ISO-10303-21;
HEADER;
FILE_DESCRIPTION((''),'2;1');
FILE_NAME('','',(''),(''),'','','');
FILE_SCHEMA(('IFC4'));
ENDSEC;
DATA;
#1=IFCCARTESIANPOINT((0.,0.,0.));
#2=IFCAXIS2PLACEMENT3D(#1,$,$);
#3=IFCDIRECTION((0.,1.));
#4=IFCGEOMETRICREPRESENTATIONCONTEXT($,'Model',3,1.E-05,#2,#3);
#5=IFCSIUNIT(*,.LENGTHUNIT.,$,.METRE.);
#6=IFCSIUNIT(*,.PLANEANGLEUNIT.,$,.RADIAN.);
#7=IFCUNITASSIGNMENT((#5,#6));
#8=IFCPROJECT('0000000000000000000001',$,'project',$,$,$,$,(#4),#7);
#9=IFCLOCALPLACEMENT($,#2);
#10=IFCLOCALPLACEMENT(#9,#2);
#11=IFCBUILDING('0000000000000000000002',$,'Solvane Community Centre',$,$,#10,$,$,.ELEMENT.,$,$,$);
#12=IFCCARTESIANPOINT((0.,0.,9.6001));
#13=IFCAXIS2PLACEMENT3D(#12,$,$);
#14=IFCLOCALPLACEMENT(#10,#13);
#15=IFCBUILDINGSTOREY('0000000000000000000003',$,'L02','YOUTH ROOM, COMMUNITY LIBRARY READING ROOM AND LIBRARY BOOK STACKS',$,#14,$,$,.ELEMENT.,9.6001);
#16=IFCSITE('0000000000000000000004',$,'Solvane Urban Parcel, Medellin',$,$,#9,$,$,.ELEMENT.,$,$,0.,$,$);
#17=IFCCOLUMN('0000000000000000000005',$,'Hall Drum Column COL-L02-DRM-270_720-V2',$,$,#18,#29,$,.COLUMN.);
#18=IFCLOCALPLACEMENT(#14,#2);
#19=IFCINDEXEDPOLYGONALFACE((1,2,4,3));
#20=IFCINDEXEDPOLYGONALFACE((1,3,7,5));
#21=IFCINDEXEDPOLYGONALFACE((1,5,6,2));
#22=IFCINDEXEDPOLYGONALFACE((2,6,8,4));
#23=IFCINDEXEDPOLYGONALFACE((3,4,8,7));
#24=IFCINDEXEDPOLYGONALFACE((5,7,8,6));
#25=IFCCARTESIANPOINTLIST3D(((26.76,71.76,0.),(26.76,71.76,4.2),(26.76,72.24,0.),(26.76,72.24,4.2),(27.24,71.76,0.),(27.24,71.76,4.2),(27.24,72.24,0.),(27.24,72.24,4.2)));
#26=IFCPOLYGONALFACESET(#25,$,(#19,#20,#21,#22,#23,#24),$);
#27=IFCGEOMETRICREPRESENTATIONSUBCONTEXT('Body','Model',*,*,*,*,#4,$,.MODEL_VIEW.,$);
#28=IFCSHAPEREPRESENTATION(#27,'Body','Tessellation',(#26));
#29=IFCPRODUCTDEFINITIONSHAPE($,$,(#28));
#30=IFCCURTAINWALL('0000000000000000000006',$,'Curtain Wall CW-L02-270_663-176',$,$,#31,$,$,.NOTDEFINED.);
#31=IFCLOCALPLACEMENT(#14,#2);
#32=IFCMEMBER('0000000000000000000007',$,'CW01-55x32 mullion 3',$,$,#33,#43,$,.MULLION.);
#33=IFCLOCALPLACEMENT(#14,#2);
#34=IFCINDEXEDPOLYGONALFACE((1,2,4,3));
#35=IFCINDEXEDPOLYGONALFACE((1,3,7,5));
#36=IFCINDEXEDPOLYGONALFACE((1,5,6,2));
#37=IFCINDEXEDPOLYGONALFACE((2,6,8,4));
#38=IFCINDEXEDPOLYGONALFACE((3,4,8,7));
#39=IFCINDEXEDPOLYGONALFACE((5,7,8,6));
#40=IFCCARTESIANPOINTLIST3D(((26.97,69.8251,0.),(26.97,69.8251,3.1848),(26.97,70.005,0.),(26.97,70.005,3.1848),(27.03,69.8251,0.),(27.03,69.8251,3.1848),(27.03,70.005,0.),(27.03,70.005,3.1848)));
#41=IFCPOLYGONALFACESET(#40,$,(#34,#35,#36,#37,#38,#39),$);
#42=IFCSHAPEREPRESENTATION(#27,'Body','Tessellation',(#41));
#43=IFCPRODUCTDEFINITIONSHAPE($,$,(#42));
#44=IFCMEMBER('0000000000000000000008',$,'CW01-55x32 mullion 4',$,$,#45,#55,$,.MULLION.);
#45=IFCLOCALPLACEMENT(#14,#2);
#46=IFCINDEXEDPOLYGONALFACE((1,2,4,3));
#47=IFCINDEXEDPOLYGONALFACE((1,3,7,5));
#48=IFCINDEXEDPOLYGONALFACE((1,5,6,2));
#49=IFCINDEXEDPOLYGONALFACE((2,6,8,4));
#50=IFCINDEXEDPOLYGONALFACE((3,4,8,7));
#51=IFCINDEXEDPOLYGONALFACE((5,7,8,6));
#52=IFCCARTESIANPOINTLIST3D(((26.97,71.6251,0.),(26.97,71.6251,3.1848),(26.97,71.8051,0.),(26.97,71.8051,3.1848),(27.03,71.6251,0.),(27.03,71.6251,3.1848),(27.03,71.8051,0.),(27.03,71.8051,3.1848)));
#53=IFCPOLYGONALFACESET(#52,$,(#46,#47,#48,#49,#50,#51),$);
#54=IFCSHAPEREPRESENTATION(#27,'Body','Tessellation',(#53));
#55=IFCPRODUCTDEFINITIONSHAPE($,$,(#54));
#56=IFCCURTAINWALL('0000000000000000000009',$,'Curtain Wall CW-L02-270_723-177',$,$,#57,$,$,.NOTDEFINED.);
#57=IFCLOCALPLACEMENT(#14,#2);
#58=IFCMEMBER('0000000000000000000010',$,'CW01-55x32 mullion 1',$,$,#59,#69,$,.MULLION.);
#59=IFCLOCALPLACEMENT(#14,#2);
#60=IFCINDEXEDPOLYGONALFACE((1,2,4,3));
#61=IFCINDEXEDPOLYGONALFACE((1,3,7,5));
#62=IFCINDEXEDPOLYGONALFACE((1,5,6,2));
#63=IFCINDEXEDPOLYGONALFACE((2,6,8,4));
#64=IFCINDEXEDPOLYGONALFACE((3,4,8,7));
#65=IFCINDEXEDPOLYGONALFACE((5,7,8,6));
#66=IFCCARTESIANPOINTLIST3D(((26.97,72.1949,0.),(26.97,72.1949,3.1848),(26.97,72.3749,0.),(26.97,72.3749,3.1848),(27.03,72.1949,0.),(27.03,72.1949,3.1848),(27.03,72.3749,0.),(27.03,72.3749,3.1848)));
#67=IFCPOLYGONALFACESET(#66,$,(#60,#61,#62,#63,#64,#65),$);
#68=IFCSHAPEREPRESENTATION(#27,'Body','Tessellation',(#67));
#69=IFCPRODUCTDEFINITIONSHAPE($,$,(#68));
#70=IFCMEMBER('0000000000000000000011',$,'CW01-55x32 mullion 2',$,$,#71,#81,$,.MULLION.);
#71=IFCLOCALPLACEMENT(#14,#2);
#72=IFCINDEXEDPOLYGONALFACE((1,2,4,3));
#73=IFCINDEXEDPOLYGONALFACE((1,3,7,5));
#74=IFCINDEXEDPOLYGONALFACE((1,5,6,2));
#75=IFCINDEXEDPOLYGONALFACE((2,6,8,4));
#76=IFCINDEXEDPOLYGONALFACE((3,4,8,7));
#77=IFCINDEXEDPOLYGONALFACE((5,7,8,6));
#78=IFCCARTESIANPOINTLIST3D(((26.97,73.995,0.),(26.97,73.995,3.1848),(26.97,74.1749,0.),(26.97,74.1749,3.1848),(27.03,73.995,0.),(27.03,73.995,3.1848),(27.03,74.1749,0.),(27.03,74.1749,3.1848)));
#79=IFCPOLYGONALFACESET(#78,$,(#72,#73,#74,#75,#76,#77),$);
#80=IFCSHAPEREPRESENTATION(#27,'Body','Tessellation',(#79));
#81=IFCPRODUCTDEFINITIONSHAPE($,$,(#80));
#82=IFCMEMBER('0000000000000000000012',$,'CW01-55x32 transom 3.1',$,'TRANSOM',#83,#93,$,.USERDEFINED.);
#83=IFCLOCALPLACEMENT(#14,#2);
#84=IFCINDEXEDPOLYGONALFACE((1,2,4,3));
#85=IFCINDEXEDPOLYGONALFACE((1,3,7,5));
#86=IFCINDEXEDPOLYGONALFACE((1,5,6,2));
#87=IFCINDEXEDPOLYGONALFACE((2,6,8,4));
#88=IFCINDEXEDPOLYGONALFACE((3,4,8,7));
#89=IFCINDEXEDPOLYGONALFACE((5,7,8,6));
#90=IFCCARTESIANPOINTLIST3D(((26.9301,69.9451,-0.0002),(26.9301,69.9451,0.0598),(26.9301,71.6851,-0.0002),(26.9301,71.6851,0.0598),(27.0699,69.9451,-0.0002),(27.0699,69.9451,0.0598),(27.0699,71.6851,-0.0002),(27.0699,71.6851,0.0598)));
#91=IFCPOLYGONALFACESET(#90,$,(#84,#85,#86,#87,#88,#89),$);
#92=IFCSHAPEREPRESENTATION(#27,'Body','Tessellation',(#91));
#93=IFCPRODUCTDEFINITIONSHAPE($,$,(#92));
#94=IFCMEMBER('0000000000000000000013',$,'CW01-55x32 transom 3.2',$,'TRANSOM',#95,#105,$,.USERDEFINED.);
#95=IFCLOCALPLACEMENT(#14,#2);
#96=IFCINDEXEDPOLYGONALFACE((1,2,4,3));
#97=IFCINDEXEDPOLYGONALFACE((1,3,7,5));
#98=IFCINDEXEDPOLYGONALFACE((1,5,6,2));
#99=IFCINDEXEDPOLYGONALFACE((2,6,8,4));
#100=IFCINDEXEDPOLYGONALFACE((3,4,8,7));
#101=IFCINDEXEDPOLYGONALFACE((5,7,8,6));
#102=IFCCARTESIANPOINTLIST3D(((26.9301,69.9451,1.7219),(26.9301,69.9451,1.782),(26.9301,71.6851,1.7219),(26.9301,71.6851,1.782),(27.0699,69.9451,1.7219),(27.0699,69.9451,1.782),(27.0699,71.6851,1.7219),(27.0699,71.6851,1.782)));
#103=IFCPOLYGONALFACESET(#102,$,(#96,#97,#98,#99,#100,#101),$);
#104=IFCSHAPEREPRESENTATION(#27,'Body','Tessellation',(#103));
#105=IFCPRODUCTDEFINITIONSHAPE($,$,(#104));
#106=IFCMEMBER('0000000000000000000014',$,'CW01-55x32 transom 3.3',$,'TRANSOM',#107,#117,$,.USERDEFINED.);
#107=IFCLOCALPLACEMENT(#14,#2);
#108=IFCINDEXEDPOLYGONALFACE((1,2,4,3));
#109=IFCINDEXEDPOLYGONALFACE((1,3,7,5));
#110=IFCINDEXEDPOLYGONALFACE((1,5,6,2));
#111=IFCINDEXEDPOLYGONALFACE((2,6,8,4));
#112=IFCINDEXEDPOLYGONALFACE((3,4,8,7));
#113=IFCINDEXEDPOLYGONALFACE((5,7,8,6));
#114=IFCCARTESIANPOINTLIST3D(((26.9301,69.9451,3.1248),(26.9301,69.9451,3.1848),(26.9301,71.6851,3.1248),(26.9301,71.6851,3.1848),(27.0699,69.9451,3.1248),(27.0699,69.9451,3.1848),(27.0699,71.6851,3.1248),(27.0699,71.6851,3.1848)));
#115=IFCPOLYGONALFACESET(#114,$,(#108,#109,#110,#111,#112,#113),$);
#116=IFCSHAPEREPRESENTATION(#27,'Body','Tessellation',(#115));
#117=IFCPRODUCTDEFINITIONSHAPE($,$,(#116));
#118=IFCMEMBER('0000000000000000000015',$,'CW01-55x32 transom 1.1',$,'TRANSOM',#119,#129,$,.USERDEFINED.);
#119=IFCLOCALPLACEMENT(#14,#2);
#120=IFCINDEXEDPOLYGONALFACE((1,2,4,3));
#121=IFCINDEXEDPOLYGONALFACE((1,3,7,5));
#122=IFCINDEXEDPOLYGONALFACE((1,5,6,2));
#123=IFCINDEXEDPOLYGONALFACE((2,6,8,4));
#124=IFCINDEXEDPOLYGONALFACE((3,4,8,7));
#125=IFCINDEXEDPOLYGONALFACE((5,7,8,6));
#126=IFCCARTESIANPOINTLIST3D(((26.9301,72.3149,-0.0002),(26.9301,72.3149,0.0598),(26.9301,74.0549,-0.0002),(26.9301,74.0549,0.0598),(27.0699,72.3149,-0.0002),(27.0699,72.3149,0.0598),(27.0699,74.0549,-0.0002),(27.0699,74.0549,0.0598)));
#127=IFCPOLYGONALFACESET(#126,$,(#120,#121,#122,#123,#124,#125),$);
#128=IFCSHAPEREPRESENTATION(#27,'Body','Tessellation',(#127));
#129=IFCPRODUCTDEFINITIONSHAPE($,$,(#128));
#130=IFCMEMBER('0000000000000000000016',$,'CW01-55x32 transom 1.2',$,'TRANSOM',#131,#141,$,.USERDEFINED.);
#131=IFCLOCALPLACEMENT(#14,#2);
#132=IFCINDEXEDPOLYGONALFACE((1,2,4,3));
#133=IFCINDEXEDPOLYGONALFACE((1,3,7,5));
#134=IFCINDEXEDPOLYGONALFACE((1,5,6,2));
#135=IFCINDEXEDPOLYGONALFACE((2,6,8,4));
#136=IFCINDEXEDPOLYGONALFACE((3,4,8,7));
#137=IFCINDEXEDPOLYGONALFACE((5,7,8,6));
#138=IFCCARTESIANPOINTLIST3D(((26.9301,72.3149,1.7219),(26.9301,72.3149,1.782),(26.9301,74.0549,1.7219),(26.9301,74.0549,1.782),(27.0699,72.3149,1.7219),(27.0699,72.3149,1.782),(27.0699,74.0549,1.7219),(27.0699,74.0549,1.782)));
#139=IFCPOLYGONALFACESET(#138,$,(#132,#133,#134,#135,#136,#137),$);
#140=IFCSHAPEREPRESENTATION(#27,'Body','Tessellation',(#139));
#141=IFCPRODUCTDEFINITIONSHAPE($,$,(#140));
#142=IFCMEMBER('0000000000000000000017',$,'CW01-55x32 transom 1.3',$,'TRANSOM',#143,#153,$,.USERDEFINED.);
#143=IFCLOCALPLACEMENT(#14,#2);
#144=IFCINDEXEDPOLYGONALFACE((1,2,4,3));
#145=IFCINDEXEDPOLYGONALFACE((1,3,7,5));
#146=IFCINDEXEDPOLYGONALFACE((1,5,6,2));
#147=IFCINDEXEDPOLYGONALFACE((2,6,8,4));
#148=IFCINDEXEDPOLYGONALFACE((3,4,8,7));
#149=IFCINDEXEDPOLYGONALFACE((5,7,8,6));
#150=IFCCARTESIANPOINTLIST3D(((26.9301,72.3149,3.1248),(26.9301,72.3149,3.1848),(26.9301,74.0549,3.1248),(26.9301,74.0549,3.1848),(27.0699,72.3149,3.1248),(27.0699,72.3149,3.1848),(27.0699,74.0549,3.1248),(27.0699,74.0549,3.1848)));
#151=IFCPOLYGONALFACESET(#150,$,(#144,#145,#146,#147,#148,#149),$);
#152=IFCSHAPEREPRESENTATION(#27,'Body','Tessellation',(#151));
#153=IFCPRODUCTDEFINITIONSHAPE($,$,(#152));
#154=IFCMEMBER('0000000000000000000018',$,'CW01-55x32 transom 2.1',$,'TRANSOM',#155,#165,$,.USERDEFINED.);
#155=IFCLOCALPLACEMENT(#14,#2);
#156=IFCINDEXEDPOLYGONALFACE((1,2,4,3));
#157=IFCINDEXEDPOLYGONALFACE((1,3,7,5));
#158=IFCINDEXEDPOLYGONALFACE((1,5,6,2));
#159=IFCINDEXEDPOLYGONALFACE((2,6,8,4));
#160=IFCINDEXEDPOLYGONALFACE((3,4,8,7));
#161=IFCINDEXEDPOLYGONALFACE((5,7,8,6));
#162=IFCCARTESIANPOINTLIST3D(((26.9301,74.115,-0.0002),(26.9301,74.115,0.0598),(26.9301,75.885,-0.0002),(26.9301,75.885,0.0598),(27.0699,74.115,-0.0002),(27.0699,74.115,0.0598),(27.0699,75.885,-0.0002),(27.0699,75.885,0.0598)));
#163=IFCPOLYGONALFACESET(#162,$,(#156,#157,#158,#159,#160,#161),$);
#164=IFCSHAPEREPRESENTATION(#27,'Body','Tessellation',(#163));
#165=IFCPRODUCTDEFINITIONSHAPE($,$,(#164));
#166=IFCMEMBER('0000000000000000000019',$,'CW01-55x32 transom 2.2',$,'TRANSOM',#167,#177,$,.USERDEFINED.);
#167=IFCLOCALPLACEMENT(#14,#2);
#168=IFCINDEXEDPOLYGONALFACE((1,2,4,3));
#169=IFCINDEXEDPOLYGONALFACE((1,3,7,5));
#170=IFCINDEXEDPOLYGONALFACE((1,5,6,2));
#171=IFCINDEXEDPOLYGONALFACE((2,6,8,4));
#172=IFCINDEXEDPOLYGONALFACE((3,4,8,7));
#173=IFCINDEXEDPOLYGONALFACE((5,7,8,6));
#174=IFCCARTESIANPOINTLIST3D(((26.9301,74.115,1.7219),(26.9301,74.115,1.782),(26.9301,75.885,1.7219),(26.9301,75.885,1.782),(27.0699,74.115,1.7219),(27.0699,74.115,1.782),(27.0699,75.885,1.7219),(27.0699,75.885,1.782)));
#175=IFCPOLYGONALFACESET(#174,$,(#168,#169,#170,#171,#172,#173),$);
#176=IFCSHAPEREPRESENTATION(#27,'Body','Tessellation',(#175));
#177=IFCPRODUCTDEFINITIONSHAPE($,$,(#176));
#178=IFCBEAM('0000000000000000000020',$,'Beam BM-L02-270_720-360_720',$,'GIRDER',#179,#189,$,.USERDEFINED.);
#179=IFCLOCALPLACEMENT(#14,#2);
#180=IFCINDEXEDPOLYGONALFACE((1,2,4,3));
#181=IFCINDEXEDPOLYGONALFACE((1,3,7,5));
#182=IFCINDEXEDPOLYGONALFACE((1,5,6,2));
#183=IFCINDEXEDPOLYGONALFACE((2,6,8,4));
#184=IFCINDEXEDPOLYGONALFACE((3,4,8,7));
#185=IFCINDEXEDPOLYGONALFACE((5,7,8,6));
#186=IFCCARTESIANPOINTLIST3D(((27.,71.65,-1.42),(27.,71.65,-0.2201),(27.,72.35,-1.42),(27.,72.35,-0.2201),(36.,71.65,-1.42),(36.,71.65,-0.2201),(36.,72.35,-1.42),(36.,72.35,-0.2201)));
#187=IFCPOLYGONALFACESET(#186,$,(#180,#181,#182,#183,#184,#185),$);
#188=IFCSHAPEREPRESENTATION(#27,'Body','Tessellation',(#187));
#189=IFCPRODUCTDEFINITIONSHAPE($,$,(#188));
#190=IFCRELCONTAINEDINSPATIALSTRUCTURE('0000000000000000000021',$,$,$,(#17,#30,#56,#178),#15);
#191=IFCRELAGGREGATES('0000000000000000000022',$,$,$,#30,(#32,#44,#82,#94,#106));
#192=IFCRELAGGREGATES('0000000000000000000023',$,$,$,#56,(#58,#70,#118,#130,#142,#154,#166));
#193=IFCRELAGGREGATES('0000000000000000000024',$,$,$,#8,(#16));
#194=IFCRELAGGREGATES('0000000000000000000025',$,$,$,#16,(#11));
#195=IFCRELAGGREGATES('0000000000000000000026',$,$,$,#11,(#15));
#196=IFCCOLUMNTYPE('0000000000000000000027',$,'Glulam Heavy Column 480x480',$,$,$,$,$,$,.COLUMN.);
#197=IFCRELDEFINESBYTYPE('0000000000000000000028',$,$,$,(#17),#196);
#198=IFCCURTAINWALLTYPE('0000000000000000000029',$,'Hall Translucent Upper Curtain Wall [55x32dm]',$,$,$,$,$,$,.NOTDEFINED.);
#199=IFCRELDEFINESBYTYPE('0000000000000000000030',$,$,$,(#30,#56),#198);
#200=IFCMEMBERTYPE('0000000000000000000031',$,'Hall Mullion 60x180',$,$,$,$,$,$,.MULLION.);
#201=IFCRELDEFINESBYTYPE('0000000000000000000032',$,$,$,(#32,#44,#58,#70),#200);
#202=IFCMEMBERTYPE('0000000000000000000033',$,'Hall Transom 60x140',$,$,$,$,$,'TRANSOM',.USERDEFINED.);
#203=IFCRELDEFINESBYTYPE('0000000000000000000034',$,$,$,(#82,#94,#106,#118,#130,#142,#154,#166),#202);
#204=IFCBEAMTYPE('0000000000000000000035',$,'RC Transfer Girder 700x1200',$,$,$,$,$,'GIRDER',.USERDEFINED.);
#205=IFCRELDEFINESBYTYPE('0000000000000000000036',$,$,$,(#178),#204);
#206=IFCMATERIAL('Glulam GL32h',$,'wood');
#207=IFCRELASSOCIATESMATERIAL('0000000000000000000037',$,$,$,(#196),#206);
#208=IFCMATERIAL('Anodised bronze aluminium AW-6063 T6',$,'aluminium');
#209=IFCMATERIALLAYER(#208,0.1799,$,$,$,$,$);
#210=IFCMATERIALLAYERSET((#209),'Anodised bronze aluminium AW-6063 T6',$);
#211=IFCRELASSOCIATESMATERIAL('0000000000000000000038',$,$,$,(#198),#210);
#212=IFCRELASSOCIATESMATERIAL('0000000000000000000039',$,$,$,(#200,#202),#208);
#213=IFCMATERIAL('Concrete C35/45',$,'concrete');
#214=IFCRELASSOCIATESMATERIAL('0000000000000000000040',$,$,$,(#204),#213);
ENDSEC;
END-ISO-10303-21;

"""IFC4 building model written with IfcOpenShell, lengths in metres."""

from ifc_helpers import new_model, si_unit, direction, frame, origin, origin_2d, place, context, subcontext, project, spatial, rectangle, extrude, material, layer, layer_set, material_profile, profile_set, type_object, element, aggregate, save


model = new_model("IFC4")

# Units and contexts
model_context = context("Model", 3, precision=1e-05, world=origin(), true_north=direction((0.0, 1.0)))
body_context = subcontext(model_context, "Body", "Model", "MODEL_VIEW")
ifc_project = project(units=[si_unit("LENGTHUNIT", "METRE"), si_unit("PLANEANGLEUNIT", "RADIAN")], contexts=[model_context])

# Site, building, storey
site_placement = place(None, origin())
site = spatial("IfcSite", under=ifc_project, at=site_placement, Name="Solvane Urban Parcel, Medellin", CompositionType="ELEMENT", RefElevation=0.0)
building_placement = place(site_placement, origin())
building = spatial("IfcBuilding", under=site, at=building_placement, Name="Solvane Community Centre", CompositionType="ELEMENT")
storey_placement = place(building_placement, frame((0.0, 0.0, 9.6001)))
storey = spatial("IfcBuildingStorey", under=building, at=storey_placement, Name="L02", Description="YOUTH ROOM, COMMUNITY LIBRARY READING ROOM AND LIBRARY BOOK STACKS", CompositionType="ELEMENT", Elevation=9.6001)

# Column
ifc_material_1 = material(Name="Glulam GL32h", Category="wood")
ifc_material_profile_1 = material_profile(ifc_material_1, rectangle(XDim=0.48, YDim=0.48, at=origin_2d()), Name="GL32h 480x480")
ifc_profile_set_1 = profile_set([ifc_material_profile_1], Name="Glulam GL32h")
column_type = type_object("IfcColumnType", Name="Glulam Heavy Column 480x480", PredefinedType="COLUMN", material=ifc_profile_set_1)
column_placement = place(storey_placement, frame((27.0, 72.0, 0.0), z_axis=(0.0, 0.0, 1.0), x_axis=(1.0, 0.0, 0.0)))
element("IfcColumn", 1, at=column_placement, inside=storey, type_object=column_type, Name="Hall Drum Column COL-L02-DRM-270_720-V2", PredefinedType="COLUMN", context=body_context, shape_type="SweptSolid", body=[
    extrude(rectangle(XDim=0.48, YDim=0.48, at=origin_2d()), origin(), (0.0, 0.0, 1.0), 4.2),
])

# Curtain walls, members
ifc_material_2 = material(Name="Anodised bronze aluminium AW-6063 T6", Category="aluminium")
ifc_layer_1 = layer(ifc_material_2, 0.1799)
ifc_layer_set_1 = layer_set([ifc_layer_1], Name="Anodised bronze aluminium AW-6063 T6")
curtain_wall_type = type_object("IfcCurtainWallType", Name="Hall Translucent Upper Curtain Wall [55x32dm]", PredefinedType="NOTDEFINED", material=ifc_layer_set_1)
curtain_wall_1_placement = place(storey_placement, origin())
curtain_wall_1 = element("IfcCurtainWall", 2, at=curtain_wall_1_placement, inside=storey, type_object=curtain_wall_type, Name="Curtain Wall CW-L02-270_663-176", PredefinedType="NOTDEFINED")
ifc_material_profile_2 = material_profile(ifc_material_2, rectangle(XDim=0.0601, YDim=0.1799, at=origin_2d()), Name="CW-M 60x180")
ifc_profile_set_2 = profile_set([ifc_material_profile_2], Name="Anodised bronze aluminium AW-6063 T6")
member_type_1 = type_object("IfcMemberType", Name="Hall Mullion 60x180", PredefinedType="MULLION", material=ifc_profile_set_2)
member_1_placement = place(storey_placement, frame((27.0, 69.915, 0.0), z_axis=(0.0, 0.0, 1.0), x_axis=(-1.0, 0.0, 0.0)))
member_1 = element("IfcMember", 3, at=member_1_placement, type_object=member_type_1, Name="CW01-55x32 mullion 3", PredefinedType="MULLION", context=body_context, shape_type="SweptSolid", body=[
    extrude(rectangle(XDim=0.0601, YDim=0.1799, at=origin_2d()), origin(), (0.0, 0.0, 1.0), 3.1848),
])
member_2_placement = place(storey_placement, frame((27.0, 71.7151, 0.0), z_axis=(0.0, 0.0, 1.0), x_axis=(-1.0, 0.0, 0.0)))
member_2 = element("IfcMember", 4, at=member_2_placement, type_object=member_type_1, Name="CW01-55x32 mullion 4", PredefinedType="MULLION", context=body_context, shape_type="SweptSolid", body=[
    extrude(rectangle(XDim=0.0601, YDim=0.1799, at=origin_2d()), origin(), (0.0, 0.0, 1.0), 3.1848),
])
curtain_wall_2_placement = place(storey_placement, origin())
curtain_wall_2 = element("IfcCurtainWall", 5, at=curtain_wall_2_placement, inside=storey, type_object=curtain_wall_type, Name="Curtain Wall CW-L02-270_723-177", PredefinedType="NOTDEFINED")
member_3_placement = place(storey_placement, frame((27.0, 72.2849, 0.0), z_axis=(0.0, 0.0, 1.0), x_axis=(-1.0, 0.0, 0.0)))
member_3 = element("IfcMember", 6, at=member_3_placement, type_object=member_type_1, Name="CW01-55x32 mullion 1", PredefinedType="MULLION", context=body_context, shape_type="SweptSolid", body=[
    extrude(rectangle(XDim=0.0601, YDim=0.1799, at=origin_2d()), origin(), (0.0, 0.0, 1.0), 3.1848),
])
member_4_placement = place(storey_placement, frame((27.0, 74.085, 0.0), z_axis=(0.0, 0.0, 1.0), x_axis=(-1.0, 0.0, 0.0)))
member_4 = element("IfcMember", 7, at=member_4_placement, type_object=member_type_1, Name="CW01-55x32 mullion 2", PredefinedType="MULLION", context=body_context, shape_type="SweptSolid", body=[
    extrude(rectangle(XDim=0.0601, YDim=0.1799, at=origin_2d()), origin(), (0.0, 0.0, 1.0), 3.1848),
])

# Members
ifc_material_profile_3 = material_profile(ifc_material_2, rectangle(XDim=0.1399, YDim=0.0601, at=origin_2d()), Name="CW-T 60x140")
ifc_profile_set_3 = profile_set([ifc_material_profile_3], Name="Anodised bronze aluminium AW-6063 T6")
member_type_2 = type_object("IfcMemberType", Name="Hall Transom 60x140", ElementType="TRANSOM", PredefinedType="USERDEFINED", material=ifc_profile_set_3)
member_5_placement = place(storey_placement, frame((27.0, 69.9451, 0.0298), z_axis=(0.0, 1.0, 0.0), x_axis=(-1.0, 0.0, 0.0)))
member_5 = element("IfcMember", 8, at=member_5_placement, type_object=member_type_2, Name="CW01-55x32 transom 3.1", ObjectType="TRANSOM", PredefinedType="USERDEFINED", context=body_context, shape_type="SweptSolid", body=[
    extrude(rectangle(XDim=0.1399, YDim=0.0601, at=origin_2d()), origin(), (0.0, 0.0, 1.0), 1.74),
])
member_6_placement = place(storey_placement, frame((27.0, 69.9451, 1.752), z_axis=(0.0, 1.0, 0.0), x_axis=(-1.0, 0.0, 0.0)))
member_6 = element("IfcMember", 9, at=member_6_placement, type_object=member_type_2, Name="CW01-55x32 transom 3.2", ObjectType="TRANSOM", PredefinedType="USERDEFINED", context=body_context, shape_type="SweptSolid", body=[
    extrude(rectangle(XDim=0.1399, YDim=0.0601, at=origin_2d()), origin(), (0.0, 0.0, 1.0), 1.74),
])
member_7_placement = place(storey_placement, frame((27.0, 69.9451, 3.1548), z_axis=(0.0, 1.0, 0.0), x_axis=(-1.0, 0.0, 0.0)))
member_7 = element("IfcMember", 10, at=member_7_placement, type_object=member_type_2, Name="CW01-55x32 transom 3.3", ObjectType="TRANSOM", PredefinedType="USERDEFINED", context=body_context, shape_type="SweptSolid", body=[
    extrude(rectangle(XDim=0.1399, YDim=0.0601, at=origin_2d()), origin(), (0.0, 0.0, 1.0), 1.74),
])
member_8_placement = place(storey_placement, frame((27.0, 72.3149, 0.0298), z_axis=(0.0, 1.0, 0.0), x_axis=(-1.0, 0.0, 0.0)))
member_8 = element("IfcMember", 11, at=member_8_placement, type_object=member_type_2, Name="CW01-55x32 transom 1.1", ObjectType="TRANSOM", PredefinedType="USERDEFINED", context=body_context, shape_type="SweptSolid", body=[
    extrude(rectangle(XDim=0.1399, YDim=0.0601, at=origin_2d()), origin(), (0.0, 0.0, 1.0), 1.74),
])
member_9_placement = place(storey_placement, frame((27.0, 72.3149, 1.752), z_axis=(0.0, 1.0, 0.0), x_axis=(-1.0, 0.0, 0.0)))
member_9 = element("IfcMember", 12, at=member_9_placement, type_object=member_type_2, Name="CW01-55x32 transom 1.2", ObjectType="TRANSOM", PredefinedType="USERDEFINED", context=body_context, shape_type="SweptSolid", body=[
    extrude(rectangle(XDim=0.1399, YDim=0.0601, at=origin_2d()), origin(), (0.0, 0.0, 1.0), 1.74),
])
member_10_placement = place(storey_placement, frame((27.0, 72.3149, 3.1548), z_axis=(0.0, 1.0, 0.0), x_axis=(-1.0, 0.0, 0.0)))
member_10 = element("IfcMember", 13, at=member_10_placement, type_object=member_type_2, Name="CW01-55x32 transom 1.3", ObjectType="TRANSOM", PredefinedType="USERDEFINED", context=body_context, shape_type="SweptSolid", body=[
    extrude(rectangle(XDim=0.1399, YDim=0.0601, at=origin_2d()), origin(), (0.0, 0.0, 1.0), 1.74),
])
member_11_placement = place(storey_placement, frame((27.0, 74.115, 0.0298), z_axis=(0.0, 1.0, 0.0), x_axis=(-1.0, 0.0, 0.0)))
member_11 = element("IfcMember", 14, at=member_11_placement, type_object=member_type_2, Name="CW01-55x32 transom 2.1", ObjectType="TRANSOM", PredefinedType="USERDEFINED", context=body_context, shape_type="SweptSolid", body=[
    extrude(rectangle(XDim=0.1399, YDim=0.0601, at=origin_2d()), origin(), (0.0, 0.0, 1.0), 1.77),
])
member_12_placement = place(storey_placement, frame((27.0, 74.115, 1.752), z_axis=(0.0, 1.0, 0.0), x_axis=(-1.0, 0.0, 0.0)))
member_12 = element("IfcMember", 15, at=member_12_placement, type_object=member_type_2, Name="CW01-55x32 transom 2.2", ObjectType="TRANSOM", PredefinedType="USERDEFINED", context=body_context, shape_type="SweptSolid", body=[
    extrude(rectangle(XDim=0.1399, YDim=0.0601, at=origin_2d()), origin(), (0.0, 0.0, 1.0), 1.77),
])

# Beam
ifc_material_3 = material(Name="Concrete C35/45", Category="concrete")
ifc_material_profile_4 = material_profile(ifc_material_3, rectangle(XDim=0.7, YDim=1.2, at=origin_2d()), Name="RC 700x1200")
ifc_profile_set_4 = profile_set([ifc_material_profile_4], Name="Concrete C35/45")
beam_type_1 = type_object("IfcBeamType", Name="RC Transfer Girder 700x1200", ElementType="GIRDER", PredefinedType="USERDEFINED", material=ifc_profile_set_4)
beam_placement = place(storey_placement, frame((27.0, 72.0, -0.8201), z_axis=(1.0, 0.0, 0.0), x_axis=(0.0, 1.0, 0.0)))
element("IfcBeam", 16, at=beam_placement, inside=storey, type_object=beam_type_1, Name="Beam BM-L02-270_720-360_720", ObjectType="GIRDER", PredefinedType="USERDEFINED", context=body_context, shape_type="SweptSolid", body=[
    extrude(rectangle(XDim=0.7, YDim=1.2, at=origin_2d()), origin(), (0.0, 0.0, 1.0), 9.0),
])

aggregate(curtain_wall_1, [member_1, member_2, member_5, member_6, member_7])
aggregate(curtain_wall_2, [member_3, member_4, member_8, member_9, member_10, member_11, member_12])

save(model, "model.ifc")
